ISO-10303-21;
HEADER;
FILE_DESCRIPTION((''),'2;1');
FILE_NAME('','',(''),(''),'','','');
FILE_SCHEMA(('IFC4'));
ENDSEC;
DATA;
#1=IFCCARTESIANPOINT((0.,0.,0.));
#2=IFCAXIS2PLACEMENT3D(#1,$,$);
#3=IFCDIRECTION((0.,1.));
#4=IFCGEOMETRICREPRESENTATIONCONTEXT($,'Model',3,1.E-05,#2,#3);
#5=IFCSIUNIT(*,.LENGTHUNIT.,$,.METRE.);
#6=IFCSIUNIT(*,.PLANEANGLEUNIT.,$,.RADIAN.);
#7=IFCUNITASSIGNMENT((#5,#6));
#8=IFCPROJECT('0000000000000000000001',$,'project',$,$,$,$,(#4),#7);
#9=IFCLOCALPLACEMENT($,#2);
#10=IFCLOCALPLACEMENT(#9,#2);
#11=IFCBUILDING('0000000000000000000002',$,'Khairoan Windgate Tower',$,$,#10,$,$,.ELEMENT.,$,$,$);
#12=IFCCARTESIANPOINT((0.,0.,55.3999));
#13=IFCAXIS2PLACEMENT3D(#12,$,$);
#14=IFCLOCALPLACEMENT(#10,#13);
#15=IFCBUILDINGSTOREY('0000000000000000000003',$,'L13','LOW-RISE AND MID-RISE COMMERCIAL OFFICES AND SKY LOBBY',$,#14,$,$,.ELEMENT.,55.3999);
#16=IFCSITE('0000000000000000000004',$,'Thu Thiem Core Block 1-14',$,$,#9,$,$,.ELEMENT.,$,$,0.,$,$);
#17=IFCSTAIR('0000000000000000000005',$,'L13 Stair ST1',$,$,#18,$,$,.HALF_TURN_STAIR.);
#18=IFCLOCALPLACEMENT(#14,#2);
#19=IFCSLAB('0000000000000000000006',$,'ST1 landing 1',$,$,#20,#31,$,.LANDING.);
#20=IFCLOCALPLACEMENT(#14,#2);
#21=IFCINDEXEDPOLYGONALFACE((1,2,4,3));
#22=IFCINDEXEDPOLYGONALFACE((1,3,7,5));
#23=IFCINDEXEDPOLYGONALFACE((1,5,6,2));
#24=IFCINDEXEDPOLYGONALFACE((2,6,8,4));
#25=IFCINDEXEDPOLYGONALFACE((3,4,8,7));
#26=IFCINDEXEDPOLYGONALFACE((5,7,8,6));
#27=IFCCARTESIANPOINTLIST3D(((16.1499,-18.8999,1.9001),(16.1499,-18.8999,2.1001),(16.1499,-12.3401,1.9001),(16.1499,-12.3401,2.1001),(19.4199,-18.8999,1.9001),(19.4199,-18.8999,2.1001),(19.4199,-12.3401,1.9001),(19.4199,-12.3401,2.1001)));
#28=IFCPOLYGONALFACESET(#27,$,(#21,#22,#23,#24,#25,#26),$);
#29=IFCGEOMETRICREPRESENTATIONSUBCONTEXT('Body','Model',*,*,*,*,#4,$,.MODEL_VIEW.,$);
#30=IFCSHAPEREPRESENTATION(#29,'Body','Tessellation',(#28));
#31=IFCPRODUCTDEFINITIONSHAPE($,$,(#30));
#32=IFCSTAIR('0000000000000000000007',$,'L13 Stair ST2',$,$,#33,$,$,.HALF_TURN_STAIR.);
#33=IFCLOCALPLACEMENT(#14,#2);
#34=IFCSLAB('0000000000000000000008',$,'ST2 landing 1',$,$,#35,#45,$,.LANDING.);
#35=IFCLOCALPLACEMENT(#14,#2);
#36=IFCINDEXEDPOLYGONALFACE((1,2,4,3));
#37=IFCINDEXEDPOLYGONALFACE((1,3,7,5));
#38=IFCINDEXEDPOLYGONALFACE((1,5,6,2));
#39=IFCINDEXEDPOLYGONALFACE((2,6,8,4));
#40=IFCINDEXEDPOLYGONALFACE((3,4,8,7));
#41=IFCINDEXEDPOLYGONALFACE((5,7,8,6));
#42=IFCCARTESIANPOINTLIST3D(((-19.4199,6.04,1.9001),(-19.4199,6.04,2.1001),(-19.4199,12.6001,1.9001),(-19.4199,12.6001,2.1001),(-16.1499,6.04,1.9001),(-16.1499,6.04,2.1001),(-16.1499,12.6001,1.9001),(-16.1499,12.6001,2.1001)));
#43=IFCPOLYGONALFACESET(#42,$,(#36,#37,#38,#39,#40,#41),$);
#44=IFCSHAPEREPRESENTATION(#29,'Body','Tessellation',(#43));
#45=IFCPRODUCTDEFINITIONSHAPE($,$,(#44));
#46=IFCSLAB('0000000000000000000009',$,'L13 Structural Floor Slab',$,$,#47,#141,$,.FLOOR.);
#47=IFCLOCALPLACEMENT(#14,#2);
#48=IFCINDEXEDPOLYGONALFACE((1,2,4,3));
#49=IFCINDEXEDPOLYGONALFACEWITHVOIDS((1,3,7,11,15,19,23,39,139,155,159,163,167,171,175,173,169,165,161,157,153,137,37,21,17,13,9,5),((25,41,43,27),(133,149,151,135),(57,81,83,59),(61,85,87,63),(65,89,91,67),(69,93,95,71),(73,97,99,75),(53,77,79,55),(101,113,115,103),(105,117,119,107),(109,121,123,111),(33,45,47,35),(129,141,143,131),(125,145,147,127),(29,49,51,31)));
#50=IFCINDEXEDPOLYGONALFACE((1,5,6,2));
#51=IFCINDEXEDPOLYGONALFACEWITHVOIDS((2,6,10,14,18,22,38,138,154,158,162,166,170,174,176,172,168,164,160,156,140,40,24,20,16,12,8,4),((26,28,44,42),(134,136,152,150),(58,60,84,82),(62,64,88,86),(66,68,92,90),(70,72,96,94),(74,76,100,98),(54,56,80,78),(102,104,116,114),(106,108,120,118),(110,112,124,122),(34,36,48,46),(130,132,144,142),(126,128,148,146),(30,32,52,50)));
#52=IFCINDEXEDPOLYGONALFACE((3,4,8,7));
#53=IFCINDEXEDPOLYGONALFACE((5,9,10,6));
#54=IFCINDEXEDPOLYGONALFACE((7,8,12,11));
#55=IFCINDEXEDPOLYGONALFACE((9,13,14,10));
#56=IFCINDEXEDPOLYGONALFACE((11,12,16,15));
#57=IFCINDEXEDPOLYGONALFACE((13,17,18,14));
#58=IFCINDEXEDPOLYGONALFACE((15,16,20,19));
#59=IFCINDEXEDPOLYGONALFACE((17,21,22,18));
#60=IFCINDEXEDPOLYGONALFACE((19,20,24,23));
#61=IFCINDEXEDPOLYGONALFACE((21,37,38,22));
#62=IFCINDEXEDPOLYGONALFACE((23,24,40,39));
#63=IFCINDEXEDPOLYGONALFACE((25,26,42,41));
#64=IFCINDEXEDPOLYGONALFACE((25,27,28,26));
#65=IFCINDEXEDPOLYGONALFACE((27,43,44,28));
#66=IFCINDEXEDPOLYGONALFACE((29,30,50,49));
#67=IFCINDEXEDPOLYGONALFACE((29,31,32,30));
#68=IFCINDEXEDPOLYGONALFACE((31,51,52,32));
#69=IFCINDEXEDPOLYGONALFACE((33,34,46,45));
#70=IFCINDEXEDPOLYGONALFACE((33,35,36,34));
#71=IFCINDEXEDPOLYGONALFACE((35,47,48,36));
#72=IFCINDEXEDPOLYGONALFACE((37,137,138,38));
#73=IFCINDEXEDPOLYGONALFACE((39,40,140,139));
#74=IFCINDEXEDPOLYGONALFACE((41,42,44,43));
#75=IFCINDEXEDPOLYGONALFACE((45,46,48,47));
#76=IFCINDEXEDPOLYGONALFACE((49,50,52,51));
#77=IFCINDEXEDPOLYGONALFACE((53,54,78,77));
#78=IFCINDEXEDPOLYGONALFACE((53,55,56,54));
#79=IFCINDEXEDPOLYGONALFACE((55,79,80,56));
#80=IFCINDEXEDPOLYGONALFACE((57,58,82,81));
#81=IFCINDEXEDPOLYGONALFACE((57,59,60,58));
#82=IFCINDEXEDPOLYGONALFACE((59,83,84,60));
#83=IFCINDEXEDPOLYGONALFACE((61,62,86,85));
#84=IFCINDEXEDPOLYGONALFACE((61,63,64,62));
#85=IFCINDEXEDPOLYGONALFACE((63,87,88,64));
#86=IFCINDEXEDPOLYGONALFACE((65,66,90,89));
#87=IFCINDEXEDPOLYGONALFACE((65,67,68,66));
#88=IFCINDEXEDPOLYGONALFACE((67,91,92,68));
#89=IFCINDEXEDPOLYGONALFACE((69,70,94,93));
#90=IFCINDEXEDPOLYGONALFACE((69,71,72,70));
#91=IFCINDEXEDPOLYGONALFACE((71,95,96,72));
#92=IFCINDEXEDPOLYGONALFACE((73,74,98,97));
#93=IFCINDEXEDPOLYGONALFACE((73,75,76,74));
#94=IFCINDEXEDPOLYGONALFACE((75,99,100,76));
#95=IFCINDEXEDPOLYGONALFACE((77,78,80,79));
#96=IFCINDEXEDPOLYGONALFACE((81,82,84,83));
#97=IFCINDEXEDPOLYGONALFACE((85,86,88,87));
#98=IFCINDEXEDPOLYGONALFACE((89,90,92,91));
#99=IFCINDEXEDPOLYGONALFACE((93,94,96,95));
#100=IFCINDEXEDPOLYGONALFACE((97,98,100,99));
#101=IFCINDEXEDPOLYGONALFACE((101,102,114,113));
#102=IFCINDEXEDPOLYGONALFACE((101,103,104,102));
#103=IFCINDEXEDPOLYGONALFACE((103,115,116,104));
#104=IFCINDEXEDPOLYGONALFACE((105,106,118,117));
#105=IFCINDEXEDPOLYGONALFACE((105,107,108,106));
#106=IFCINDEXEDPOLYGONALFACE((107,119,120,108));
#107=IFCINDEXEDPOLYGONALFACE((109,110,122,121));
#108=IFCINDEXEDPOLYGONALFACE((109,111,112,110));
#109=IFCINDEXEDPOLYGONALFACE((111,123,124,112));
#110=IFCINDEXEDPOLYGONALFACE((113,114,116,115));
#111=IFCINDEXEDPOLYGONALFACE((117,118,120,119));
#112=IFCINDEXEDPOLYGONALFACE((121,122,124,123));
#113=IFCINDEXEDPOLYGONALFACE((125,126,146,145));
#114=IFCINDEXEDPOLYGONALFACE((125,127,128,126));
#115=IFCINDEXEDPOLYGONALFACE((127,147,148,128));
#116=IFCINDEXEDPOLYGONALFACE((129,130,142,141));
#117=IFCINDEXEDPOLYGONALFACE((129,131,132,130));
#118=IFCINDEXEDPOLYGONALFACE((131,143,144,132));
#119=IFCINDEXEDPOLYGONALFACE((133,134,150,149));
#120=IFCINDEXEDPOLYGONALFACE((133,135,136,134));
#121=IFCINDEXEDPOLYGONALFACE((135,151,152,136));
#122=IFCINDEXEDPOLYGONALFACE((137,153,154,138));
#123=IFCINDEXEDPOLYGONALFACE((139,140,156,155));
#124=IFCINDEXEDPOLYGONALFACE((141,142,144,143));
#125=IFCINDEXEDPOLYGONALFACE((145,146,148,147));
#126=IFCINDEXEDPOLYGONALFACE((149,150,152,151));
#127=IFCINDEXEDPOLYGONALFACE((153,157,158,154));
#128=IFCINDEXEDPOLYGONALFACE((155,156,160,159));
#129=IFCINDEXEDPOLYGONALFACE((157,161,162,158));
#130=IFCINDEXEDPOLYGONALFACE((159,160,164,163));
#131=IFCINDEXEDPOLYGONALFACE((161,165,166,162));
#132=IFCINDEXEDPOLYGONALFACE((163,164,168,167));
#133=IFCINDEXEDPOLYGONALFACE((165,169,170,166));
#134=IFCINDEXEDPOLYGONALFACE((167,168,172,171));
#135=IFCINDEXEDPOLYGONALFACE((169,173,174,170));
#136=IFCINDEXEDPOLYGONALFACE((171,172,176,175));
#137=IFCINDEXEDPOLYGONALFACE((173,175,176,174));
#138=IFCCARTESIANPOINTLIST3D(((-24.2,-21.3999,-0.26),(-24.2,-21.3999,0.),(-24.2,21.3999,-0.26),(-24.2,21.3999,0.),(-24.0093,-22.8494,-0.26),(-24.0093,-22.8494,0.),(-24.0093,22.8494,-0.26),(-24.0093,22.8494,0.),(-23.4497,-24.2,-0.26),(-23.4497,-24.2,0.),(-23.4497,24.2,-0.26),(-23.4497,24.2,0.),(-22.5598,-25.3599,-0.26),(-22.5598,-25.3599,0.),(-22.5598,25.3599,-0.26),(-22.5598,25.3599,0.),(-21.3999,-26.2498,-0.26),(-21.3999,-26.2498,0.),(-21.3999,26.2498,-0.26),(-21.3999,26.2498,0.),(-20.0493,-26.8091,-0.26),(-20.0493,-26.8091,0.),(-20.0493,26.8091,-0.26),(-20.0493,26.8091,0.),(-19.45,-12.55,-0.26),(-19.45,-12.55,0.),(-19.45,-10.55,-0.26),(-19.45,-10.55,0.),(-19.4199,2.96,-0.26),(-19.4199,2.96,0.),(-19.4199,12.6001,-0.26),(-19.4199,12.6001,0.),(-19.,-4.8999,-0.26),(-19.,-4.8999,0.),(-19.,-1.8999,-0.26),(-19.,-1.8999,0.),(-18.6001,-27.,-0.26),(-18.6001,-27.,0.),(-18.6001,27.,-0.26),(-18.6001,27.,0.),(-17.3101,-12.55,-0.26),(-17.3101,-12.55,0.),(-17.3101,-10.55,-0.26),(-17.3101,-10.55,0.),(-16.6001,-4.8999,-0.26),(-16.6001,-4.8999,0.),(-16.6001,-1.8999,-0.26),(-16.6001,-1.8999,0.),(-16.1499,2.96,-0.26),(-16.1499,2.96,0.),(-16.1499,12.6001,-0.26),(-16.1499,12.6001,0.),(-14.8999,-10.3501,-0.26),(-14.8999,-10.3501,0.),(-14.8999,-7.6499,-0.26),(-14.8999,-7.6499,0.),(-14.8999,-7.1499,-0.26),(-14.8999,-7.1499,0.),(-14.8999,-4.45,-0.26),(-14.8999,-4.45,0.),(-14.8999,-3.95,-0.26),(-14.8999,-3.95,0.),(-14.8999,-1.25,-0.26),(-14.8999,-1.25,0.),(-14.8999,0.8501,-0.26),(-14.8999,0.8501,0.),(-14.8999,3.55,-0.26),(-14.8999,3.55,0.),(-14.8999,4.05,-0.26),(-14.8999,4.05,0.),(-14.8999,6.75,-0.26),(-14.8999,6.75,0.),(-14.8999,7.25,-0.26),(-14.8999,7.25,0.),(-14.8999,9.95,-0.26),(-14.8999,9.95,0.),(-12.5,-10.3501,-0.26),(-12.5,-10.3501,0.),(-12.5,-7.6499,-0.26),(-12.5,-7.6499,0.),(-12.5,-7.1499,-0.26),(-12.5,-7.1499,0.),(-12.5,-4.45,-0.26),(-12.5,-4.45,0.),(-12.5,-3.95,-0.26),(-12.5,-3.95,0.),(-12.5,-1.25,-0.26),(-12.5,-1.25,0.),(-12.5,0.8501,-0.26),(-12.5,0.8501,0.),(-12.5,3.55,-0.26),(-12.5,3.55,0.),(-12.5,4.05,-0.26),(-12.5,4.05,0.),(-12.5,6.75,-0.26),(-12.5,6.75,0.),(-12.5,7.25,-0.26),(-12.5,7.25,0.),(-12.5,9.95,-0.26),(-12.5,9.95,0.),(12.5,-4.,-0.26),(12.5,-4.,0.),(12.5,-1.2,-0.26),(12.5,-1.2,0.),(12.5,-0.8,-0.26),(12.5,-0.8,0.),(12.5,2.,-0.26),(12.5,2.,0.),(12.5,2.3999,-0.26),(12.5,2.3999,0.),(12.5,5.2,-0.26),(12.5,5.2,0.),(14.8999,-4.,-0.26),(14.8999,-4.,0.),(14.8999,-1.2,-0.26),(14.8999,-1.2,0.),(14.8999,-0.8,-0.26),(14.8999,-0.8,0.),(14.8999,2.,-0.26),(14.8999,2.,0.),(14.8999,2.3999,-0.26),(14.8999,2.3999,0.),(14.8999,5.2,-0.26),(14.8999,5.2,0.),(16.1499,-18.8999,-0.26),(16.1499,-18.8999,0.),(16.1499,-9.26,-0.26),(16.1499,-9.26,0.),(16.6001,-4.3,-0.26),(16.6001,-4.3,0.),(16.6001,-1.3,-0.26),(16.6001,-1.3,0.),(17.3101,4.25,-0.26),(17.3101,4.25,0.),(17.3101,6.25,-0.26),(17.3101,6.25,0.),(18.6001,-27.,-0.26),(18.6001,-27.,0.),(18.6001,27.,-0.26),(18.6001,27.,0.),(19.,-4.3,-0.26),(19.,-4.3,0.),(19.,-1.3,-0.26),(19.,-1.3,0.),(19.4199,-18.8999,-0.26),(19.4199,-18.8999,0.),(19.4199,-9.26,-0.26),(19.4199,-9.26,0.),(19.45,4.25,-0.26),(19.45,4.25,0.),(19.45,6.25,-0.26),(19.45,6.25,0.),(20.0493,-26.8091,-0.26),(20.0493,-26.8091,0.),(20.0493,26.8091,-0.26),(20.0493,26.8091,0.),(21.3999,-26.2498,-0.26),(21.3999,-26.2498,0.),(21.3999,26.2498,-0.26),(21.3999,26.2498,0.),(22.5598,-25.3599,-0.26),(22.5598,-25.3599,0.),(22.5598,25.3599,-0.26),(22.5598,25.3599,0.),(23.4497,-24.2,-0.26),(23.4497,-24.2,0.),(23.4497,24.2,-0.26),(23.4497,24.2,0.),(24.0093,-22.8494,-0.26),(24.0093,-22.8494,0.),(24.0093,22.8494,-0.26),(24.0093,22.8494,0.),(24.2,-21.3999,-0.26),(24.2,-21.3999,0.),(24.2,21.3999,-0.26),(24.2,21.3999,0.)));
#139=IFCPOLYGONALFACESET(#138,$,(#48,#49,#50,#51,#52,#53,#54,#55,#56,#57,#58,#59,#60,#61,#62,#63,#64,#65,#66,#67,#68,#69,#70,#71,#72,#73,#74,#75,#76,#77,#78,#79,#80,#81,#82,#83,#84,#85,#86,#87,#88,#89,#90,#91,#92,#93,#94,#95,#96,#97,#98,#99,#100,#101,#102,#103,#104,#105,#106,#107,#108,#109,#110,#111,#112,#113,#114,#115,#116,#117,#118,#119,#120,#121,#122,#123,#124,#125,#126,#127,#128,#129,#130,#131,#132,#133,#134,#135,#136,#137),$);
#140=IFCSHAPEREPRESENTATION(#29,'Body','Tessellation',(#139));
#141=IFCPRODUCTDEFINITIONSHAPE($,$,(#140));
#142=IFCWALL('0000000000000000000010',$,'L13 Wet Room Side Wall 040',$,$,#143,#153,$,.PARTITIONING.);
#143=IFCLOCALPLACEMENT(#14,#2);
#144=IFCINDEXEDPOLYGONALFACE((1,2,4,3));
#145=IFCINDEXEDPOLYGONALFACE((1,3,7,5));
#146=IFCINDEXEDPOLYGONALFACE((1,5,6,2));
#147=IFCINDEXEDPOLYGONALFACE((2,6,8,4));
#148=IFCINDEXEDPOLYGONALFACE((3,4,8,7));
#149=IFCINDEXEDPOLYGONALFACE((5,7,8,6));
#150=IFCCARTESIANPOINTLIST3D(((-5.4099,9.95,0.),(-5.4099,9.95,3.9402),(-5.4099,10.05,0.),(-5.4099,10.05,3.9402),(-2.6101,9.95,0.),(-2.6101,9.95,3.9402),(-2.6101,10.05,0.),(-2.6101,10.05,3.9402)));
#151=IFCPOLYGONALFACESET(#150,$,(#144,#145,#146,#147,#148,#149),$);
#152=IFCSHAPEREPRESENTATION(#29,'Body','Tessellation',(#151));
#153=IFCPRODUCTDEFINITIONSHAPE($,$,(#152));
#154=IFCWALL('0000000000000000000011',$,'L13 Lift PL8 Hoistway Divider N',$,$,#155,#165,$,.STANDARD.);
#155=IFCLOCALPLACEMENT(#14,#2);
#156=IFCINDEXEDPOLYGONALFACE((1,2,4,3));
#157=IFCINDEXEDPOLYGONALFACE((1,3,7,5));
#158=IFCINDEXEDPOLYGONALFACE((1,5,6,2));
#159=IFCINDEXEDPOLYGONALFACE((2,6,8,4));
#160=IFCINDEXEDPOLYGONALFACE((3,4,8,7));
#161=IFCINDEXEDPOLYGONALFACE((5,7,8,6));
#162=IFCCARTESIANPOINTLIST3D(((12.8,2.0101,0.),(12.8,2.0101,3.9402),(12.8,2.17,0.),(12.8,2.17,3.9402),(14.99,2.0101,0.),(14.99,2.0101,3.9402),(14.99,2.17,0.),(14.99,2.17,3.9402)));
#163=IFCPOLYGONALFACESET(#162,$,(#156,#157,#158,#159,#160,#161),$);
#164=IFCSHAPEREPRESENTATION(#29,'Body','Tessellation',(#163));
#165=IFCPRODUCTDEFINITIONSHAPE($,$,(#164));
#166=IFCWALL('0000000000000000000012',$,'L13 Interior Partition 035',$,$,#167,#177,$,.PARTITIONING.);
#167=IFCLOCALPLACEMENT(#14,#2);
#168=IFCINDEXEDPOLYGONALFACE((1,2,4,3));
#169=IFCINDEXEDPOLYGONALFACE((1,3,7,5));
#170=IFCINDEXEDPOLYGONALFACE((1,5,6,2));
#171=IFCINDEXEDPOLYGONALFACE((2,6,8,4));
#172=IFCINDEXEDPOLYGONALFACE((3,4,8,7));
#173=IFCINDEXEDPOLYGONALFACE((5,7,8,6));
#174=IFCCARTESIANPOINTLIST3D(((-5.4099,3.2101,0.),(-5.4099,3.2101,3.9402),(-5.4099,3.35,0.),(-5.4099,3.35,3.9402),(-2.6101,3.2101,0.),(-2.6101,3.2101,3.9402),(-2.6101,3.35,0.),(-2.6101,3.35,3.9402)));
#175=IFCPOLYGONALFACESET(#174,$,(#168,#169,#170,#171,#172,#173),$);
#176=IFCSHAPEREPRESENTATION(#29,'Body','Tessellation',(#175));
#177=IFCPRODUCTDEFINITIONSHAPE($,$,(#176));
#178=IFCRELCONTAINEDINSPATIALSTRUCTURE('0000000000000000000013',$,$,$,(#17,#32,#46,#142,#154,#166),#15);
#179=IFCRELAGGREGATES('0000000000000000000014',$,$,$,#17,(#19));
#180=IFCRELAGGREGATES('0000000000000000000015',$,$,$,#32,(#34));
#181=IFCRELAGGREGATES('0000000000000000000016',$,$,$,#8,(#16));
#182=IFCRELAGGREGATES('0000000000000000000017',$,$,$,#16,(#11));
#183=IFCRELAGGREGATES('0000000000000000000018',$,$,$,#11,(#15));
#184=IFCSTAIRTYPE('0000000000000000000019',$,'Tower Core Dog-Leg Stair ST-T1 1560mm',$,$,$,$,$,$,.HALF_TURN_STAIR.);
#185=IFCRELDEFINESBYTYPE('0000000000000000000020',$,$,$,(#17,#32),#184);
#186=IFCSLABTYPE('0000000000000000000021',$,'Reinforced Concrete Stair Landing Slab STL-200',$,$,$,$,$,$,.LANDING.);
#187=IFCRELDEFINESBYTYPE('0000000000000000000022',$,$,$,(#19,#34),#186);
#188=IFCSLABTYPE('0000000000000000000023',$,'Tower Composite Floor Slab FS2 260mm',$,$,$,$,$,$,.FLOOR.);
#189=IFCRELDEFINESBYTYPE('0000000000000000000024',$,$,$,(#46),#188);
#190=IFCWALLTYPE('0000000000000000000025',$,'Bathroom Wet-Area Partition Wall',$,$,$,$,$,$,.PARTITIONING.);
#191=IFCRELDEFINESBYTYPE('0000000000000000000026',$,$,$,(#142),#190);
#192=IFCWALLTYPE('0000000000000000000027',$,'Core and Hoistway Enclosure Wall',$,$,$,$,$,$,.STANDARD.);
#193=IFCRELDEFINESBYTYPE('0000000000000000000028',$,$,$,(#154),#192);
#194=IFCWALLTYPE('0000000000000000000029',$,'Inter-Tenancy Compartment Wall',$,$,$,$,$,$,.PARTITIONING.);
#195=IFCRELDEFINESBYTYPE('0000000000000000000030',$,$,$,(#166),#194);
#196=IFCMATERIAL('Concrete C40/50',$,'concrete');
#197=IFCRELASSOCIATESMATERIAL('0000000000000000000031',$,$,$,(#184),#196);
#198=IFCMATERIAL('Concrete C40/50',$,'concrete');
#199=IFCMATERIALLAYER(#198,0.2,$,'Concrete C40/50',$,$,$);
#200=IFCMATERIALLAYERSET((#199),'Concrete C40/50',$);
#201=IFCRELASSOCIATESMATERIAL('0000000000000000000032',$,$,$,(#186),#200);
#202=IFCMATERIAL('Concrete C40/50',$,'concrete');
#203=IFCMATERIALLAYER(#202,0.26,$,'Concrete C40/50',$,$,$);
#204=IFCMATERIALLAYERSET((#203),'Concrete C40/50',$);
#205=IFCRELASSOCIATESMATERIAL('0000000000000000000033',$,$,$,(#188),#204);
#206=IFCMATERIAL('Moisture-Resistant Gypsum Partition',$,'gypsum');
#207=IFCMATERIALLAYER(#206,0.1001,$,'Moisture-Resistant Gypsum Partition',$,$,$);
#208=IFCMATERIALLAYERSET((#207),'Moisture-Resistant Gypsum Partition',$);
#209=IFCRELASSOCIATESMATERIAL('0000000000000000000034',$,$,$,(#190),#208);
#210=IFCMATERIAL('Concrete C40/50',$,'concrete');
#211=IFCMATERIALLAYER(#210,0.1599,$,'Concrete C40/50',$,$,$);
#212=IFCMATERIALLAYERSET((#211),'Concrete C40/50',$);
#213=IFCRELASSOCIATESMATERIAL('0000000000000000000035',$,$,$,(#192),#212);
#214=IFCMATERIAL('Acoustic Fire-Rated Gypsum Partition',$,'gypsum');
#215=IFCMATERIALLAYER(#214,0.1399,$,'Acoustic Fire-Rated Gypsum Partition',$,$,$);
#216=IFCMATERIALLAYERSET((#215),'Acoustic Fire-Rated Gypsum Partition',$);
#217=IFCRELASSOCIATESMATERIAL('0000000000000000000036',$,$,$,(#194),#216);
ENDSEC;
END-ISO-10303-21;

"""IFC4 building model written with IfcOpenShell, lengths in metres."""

from ifc_helpers import new_model, si_unit, direction, frame, frame_2d, origin, place, context, subcontext, project, spatial, polyline, rectangle, outline, extrude, material, layer, layer_set, type_object, element, aggregate, save


model = new_model("IFC4")

# Units and contexts
model_context = context("Model", 3, precision=1e-05, world=origin(), true_north=direction((0.0, 1.0)))
body_context = subcontext(model_context, "Body", "Model", "MODEL_VIEW")
ifc_project = project(units=[si_unit("LENGTHUNIT", "METRE"), si_unit("PLANEANGLEUNIT", "RADIAN")], contexts=[model_context])

# Site, building, storey
site_placement = place(None, origin())
site = spatial("IfcSite", under=ifc_project, at=site_placement, Name="Thu Thiem Core Block 1-14", CompositionType="ELEMENT", RefElevation=0.0)
building_placement = place(site_placement, origin())
building = spatial("IfcBuilding", under=site, at=building_placement, Name="Khairoan Windgate Tower", CompositionType="ELEMENT")
storey_placement = place(building_placement, frame((0.0, 0.0, 55.3999)))
storey = spatial("IfcBuildingStorey", under=building, at=storey_placement, Name="L13", Description="LOW-RISE AND MID-RISE COMMERCIAL OFFICES AND SKY LOBBY", CompositionType="ELEMENT", Elevation=55.3999)

# Stairs, slabs
ifc_material_1 = material(Name="Concrete C40/50", Category="concrete")
stair_type = type_object("IfcStairType", Name="Tower Core Dog-Leg Stair ST-T1 1560mm", PredefinedType="HALF_TURN_STAIR", material=ifc_material_1)
stair_1_placement = place(storey_placement, origin())
stair_1 = element("IfcStair", 1, at=stair_1_placement, inside=storey, type_object=stair_type, Name="L13 Stair ST1", PredefinedType="HALF_TURN_STAIR")
ifc_material_2 = material(Name="Concrete C40/50", Category="concrete")
ifc_layer_1 = layer(ifc_material_2, 0.2, Name="Concrete C40/50")
ifc_layer_set_1 = layer_set([ifc_layer_1], Name="Concrete C40/50")
slab_type_1 = type_object("IfcSlabType", Name="Reinforced Concrete Stair Landing Slab STL-200", PredefinedType="LANDING", material=ifc_layer_set_1)
slab_1_placement = place(storey_placement, frame((0.0, 0.0, 1.9001)))
slab_1 = element("IfcSlab", 2, at=slab_1_placement, type_object=slab_type_1, Name="ST1 landing 1", PredefinedType="LANDING", context=body_context, shape_type="SweptSolid", body=[
    extrude(outline(polyline([(16.1499, -12.3401), (16.1499, -18.8999), (19.4199, -18.8999), (19.4199, -12.3401), (16.1499, -12.3401)])), origin(), (0.0, 0.0, 1.0), 0.2),
])
aggregate(stair_1, [slab_1])
stair_2_placement = place(storey_placement, origin())
stair_2 = element("IfcStair", 3, at=stair_2_placement, inside=storey, type_object=stair_type, Name="L13 Stair ST2", PredefinedType="HALF_TURN_STAIR")
slab_2_placement = place(storey_placement, frame((0.0, 0.0, 1.9001)))
slab_2 = element("IfcSlab", 4, at=slab_2_placement, type_object=slab_type_1, Name="ST2 landing 1", PredefinedType="LANDING", context=body_context, shape_type="SweptSolid", body=[
    extrude(outline(polyline([(-16.1499, 6.04), (-16.1499, 12.6001), (-19.4199, 12.6001), (-19.4199, 6.04), (-16.1499, 6.04)])), origin(), (0.0, 0.0, 1.0), 0.2),
])
aggregate(stair_2, [slab_2])

# Slab
ifc_material_3 = material(Name="Concrete C40/50", Category="concrete")
ifc_layer_2 = layer(ifc_material_3, 0.26, Name="Concrete C40/50")
ifc_layer_set_2 = layer_set([ifc_layer_2], Name="Concrete C40/50")
slab_type_2 = type_object("IfcSlabType", Name="Tower Composite Floor Slab FS2 260mm", PredefinedType="FLOOR", material=ifc_layer_set_2)
slab_3_placement = place(storey_placement, frame((0.0, 0.0, -0.26)))
element("IfcSlab", 5, at=slab_3_placement, inside=storey, type_object=slab_type_2, Name="L13 Structural Floor Slab", PredefinedType="FLOOR", context=body_context, shape_type="SweptSolid", body=[
    extrude(outline(polyline([(18.6001, -27.0), (20.0493, -26.8091), (21.3999, -26.2498), (22.5598, -25.3599), (23.4497, -24.2), (24.0093, -22.8494), (24.2, -21.3999), (24.2, 21.3999), (24.0093, 22.8494), (23.4497, 24.2), (22.5598, 25.3599), (21.3999, 26.2498), (20.0493, 26.8091), (18.6001, 27.0), (-18.6001, 27.0), (-20.0493, 26.8091), (-21.3999, 26.2498), (-22.5598, 25.3599), (-23.4497, 24.2), (-24.0093, 22.8494), (-24.2, 21.3999), (-24.2, -21.3999), (-24.0093, -22.8494), (-23.4497, -24.2), (-22.5598, -25.3599), (-21.3999, -26.2498), (-20.0493, -26.8091), (-18.6001, -27.0), (18.6001, -27.0)]), holes=[polyline([(16.1499, -9.26), (16.1499, -18.8999), (19.4199, -18.8999), (19.4199, -9.26), (16.1499, -9.26)]), polyline([(-16.1499, 2.96), (-16.1499, 12.6001), (-19.4199, 12.6001), (-19.4199, 2.96), (-16.1499, 2.96)]), polyline([(-14.8999, 7.25), (-12.5, 7.25), (-12.5, 9.95), (-14.8999, 9.95), (-14.8999, 7.25)]), polyline([(-14.8999, 4.05), (-12.5, 4.05), (-12.5, 6.75), (-14.8999, 6.75), (-14.8999, 4.05)]), polyline([(-14.8999, 0.8501), (-12.5, 0.8501), (-12.5, 3.55), (-14.8999, 3.55), (-14.8999, 0.8501)]), polyline([(-14.8999, -3.95), (-12.5, -3.95), (-12.5, -1.25), (-14.8999, -1.25), (-14.8999, -3.95)]), polyline([(-14.8999, -7.1499), (-12.5, -7.1499), (-12.5, -4.45), (-14.8999, -4.45), (-14.8999, -7.1499)]), polyline([(-14.8999, -10.3501), (-12.5, -10.3501), (-12.5, -7.6499), (-14.8999, -7.6499), (-14.8999, -10.3501)]), polyline([(12.5, 2.3999), (14.8999, 2.3999), (14.8999, 5.2), (12.5, 5.2), (12.5, 2.3999)]), polyline([(12.5, -0.8), (14.8999, -0.8), (14.8999, 2.0), (12.5, 2.0), (12.5, -0.8)]), polyline([(12.5, -4.0), (14.8999, -4.0), (14.8999, -1.2), (12.5, -1.2), (12.5, -4.0)]), polyline([(16.6001, -4.3), (19.0, -4.3), (19.0, -1.3), (16.6001, -1.3), (16.6001, -4.3)]), polyline([(-19.0, -4.8999), (-16.6001, -4.8999), (-16.6001, -1.8999), (-19.0, -1.8999), (-19.0, -4.8999)]), polyline([(-19.45, -12.55), (-17.3101, -12.55), (-17.3101, -10.55), (-19.45, -10.55), (-19.45, -12.55)]), polyline([(17.3101, 4.25), (19.45, 4.25), (19.45, 6.25), (17.3101, 6.25), (17.3101, 4.25)])]), origin(), (0.0, 0.0, 1.0), 0.26),
])

# Walls
ifc_material_4 = material(Name="Moisture-Resistant Gypsum Partition", Category="gypsum")
ifc_layer_3 = layer(ifc_material_4, 0.1001, Name="Moisture-Resistant Gypsum Partition")
ifc_layer_set_3 = layer_set([ifc_layer_3], Name="Moisture-Resistant Gypsum Partition")
wall_type_1 = type_object("IfcWallType", Name="Bathroom Wet-Area Partition Wall", PredefinedType="PARTITIONING", material=ifc_layer_set_3)
wall_1_placement = place(storey_placement, frame((-5.4099, 10.0, 0.0), z_axis=(0.0, 0.0, 1.0), x_axis=(1.0, 0.0, 0.0)))
element("IfcWall", 6, at=wall_1_placement, inside=storey, type_object=wall_type_1, Name="L13 Wet Room Side Wall 040", PredefinedType="PARTITIONING", context=body_context, shape_type="SweptSolid", body=[
    extrude(rectangle(XDim=2.7998, YDim=0.1001, at=frame_2d((1.3999, 0.0))), origin(), (0.0, 0.0, 1.0), 3.9402),
])
ifc_material_5 = material(Name="Concrete C40/50", Category="concrete")
ifc_layer_4 = layer(ifc_material_5, 0.1599, Name="Concrete C40/50")
ifc_layer_set_4 = layer_set([ifc_layer_4], Name="Concrete C40/50")
wall_type_2 = type_object("IfcWallType", Name="Core and Hoistway Enclosure Wall", PredefinedType="STANDARD", material=ifc_layer_set_4)
wall_2_placement = place(storey_placement, frame((12.8, 2.0901, 0.0), z_axis=(0.0, 0.0, 1.0), x_axis=(1.0, 0.0, 0.0)))
element("IfcWall", 7, at=wall_2_placement, inside=storey, type_object=wall_type_2, Name="L13 Lift PL8 Hoistway Divider N", PredefinedType="STANDARD", context=body_context, shape_type="SweptSolid", body=[
    extrude(rectangle(XDim=2.1899, YDim=0.1599, at=frame_2d((1.095, 0.0))), origin(), (0.0, 0.0, 1.0), 3.9402),
])
ifc_material_6 = material(Name="Acoustic Fire-Rated Gypsum Partition", Category="gypsum")
ifc_layer_5 = layer(ifc_material_6, 0.1399, Name="Acoustic Fire-Rated Gypsum Partition")
ifc_layer_set_5 = layer_set([ifc_layer_5], Name="Acoustic Fire-Rated Gypsum Partition")
wall_type_3 = type_object("IfcWallType", Name="Inter-Tenancy Compartment Wall", PredefinedType="PARTITIONING", material=ifc_layer_set_5)
wall_3_placement = place(storey_placement, frame((-5.4099, 3.28, 0.0), z_axis=(0.0, 0.0, 1.0), x_axis=(1.0, 0.0, 0.0)))
element("IfcWall", 8, at=wall_3_placement, inside=storey, type_object=wall_type_3, Name="L13 Interior Partition 035", PredefinedType="PARTITIONING", context=body_context, shape_type="SweptSolid", body=[
    extrude(rectangle(XDim=2.7998, YDim=0.1399, at=frame_2d((1.3999, 0.0))), origin(), (0.0, 0.0, 1.0), 3.9402),
])

save(model, "model.ifc")
